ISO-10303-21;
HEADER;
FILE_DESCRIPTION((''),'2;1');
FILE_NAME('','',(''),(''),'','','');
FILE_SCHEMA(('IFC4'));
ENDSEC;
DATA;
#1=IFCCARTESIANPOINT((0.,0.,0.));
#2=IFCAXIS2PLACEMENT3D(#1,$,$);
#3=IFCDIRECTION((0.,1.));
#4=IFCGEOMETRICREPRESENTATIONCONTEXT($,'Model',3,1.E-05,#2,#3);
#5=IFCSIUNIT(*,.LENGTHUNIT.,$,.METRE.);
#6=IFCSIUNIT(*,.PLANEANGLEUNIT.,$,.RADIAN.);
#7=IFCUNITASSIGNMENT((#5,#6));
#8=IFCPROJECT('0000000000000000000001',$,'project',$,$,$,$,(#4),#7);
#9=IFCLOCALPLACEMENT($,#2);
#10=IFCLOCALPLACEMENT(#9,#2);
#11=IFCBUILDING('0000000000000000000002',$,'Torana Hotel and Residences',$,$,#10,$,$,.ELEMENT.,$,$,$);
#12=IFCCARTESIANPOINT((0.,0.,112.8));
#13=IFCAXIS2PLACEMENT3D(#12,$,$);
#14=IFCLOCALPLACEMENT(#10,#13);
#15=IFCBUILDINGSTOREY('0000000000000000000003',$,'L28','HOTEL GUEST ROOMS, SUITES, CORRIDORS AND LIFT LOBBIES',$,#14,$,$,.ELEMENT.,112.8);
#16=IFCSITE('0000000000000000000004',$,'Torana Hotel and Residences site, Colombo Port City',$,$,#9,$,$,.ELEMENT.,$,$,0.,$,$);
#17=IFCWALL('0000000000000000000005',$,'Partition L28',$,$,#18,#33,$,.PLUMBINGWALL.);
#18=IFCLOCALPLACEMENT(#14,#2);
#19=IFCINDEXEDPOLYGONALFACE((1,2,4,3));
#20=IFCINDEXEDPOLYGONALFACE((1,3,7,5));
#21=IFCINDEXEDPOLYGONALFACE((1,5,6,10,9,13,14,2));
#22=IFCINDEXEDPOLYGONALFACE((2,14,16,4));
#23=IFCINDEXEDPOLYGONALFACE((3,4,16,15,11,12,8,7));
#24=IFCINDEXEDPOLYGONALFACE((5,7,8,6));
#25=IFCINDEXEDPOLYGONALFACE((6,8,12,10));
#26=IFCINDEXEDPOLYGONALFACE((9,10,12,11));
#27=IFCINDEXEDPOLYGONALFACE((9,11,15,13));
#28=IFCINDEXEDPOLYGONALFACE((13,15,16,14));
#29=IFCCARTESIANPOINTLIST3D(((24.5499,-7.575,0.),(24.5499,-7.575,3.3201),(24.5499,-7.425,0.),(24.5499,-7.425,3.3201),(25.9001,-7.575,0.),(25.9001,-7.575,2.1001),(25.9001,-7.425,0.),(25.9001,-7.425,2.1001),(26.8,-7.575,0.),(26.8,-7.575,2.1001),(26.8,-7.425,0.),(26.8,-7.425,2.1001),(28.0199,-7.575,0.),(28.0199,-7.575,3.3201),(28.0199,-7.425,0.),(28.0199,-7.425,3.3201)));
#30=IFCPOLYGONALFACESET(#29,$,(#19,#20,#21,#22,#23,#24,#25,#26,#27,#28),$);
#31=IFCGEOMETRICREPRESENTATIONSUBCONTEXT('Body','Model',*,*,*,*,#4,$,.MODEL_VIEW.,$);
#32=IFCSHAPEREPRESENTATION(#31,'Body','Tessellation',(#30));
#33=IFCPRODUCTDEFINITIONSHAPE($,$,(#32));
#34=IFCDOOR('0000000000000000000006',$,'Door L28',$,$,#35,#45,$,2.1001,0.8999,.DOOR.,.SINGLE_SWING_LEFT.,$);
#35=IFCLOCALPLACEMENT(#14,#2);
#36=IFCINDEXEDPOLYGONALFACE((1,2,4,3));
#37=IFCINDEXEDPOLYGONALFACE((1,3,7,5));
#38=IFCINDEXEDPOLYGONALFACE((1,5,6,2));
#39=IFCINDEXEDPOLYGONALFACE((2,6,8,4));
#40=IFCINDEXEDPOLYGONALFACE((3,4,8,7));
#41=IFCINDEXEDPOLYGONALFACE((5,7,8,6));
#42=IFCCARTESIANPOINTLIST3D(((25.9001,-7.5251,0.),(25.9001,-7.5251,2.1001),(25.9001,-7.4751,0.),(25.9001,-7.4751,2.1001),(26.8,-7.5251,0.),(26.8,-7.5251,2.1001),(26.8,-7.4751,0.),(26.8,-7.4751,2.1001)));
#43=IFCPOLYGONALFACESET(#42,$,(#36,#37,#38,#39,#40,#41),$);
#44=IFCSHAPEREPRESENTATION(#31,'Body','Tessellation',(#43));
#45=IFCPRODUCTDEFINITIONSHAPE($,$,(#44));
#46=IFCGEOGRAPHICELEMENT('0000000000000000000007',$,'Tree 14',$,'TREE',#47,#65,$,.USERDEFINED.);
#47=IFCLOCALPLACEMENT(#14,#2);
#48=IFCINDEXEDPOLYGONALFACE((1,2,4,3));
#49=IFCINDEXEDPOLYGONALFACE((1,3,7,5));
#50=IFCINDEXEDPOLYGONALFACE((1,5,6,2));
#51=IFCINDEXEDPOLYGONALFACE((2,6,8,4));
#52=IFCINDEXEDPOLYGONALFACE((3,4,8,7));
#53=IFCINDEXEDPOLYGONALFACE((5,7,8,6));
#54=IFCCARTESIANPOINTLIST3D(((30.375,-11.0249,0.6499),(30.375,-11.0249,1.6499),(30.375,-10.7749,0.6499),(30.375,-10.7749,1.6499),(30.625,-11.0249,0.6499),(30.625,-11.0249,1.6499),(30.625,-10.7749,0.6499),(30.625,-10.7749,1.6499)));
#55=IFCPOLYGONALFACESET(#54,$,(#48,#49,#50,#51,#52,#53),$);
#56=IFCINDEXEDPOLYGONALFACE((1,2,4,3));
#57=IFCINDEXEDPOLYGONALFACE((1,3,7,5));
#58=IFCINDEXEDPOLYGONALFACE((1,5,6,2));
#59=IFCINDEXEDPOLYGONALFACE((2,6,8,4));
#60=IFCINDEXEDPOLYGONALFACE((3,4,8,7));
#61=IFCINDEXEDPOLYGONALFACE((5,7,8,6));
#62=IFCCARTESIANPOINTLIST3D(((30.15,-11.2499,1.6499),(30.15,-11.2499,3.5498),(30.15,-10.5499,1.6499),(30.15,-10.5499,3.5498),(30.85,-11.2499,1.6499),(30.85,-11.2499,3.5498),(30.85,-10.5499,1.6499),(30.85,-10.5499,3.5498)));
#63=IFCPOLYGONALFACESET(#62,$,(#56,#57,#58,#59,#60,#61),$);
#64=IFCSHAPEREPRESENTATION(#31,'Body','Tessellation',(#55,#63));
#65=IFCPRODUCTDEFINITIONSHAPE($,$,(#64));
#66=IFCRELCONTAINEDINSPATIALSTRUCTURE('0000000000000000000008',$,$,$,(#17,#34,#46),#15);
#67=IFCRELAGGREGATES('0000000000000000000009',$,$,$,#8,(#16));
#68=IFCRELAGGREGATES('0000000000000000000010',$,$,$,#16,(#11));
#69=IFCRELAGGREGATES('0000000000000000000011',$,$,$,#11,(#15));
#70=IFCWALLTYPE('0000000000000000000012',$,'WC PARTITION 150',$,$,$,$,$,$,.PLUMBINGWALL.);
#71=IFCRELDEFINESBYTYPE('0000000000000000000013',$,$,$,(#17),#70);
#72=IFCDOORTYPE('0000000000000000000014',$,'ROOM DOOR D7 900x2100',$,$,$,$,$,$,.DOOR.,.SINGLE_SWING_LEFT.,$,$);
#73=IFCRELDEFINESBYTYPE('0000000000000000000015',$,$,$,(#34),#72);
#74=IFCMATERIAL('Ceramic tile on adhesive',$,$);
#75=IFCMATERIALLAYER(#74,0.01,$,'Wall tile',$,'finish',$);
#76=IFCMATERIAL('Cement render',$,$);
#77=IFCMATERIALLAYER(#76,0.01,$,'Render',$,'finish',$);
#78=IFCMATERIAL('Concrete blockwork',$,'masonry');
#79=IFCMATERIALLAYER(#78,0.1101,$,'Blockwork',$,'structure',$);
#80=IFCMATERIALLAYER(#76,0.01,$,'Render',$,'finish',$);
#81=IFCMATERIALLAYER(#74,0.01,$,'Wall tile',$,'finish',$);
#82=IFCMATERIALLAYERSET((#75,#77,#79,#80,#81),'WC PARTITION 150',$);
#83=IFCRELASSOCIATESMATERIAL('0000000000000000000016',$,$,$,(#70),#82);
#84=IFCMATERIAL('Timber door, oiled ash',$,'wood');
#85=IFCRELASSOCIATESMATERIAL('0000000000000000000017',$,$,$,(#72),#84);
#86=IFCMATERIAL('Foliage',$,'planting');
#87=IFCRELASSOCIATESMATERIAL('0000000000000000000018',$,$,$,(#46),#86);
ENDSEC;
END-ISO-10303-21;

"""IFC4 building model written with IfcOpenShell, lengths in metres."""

from ifc_helpers import new_model, si_unit, direction, frame, frame_2d, origin, origin_2d, place, context, subcontext, project, spatial, rectangle, extrude, material, layer, layer_set, type_object, element, fill, save


model = new_model("IFC4")

# Units and contexts
model_context = context("Model", 3, precision=1e-05, world=origin(), true_north=direction((0.0, 1.0)))
body_context = subcontext(model_context, "Body", "Model", "MODEL_VIEW")
ifc_project = project(units=[si_unit("LENGTHUNIT", "METRE"), si_unit("PLANEANGLEUNIT", "RADIAN")], contexts=[model_context])

# Site, building, storey
site_placement = place(None, origin())
site = spatial("IfcSite", under=ifc_project, at=site_placement, Name="Torana Hotel and Residences site, Colombo Port City", CompositionType="ELEMENT", RefElevation=0.0)
building_placement = place(site_placement, origin())
building = spatial("IfcBuilding", under=site, at=building_placement, Name="Torana Hotel and Residences", CompositionType="ELEMENT")
storey_placement = place(building_placement, frame((0.0, 0.0, 112.8)))
storey = spatial("IfcBuildingStorey", under=building, at=storey_placement, Name="L28", Description="HOTEL GUEST ROOMS, SUITES, CORRIDORS AND LIFT LOBBIES", CompositionType="ELEMENT", Elevation=112.8)

# Shared definitions
ifc_material_1 = material(Name="Concrete blockwork", Category="masonry")

# Wall, opening, door
ifc_material_2 = material(Name="Ceramic tile on adhesive")
ifc_layer_1 = layer(ifc_material_2, 0.01, Name="Wall tile", Category="finish")
ifc_material_3 = material(Name="Cement render")
ifc_layer_2 = layer(ifc_material_3, 0.01, Name="Render", Category="finish")
ifc_layer_3 = layer(ifc_material_1, 0.1101, Name="Blockwork", Category="structure")
ifc_layer_4 = layer(ifc_material_3, 0.01, Name="Render", Category="finish")
ifc_layer_5 = layer(ifc_material_2, 0.01, Name="Wall tile", Category="finish")
ifc_layer_set_1 = layer_set([ifc_layer_1, ifc_layer_2, ifc_layer_3, ifc_layer_4, ifc_layer_5], Name="WC PARTITION 150")
wall_type_1 = type_object("IfcWallType", Name="WC PARTITION 150", PredefinedType="PLUMBINGWALL", material=ifc_layer_set_1)
wall_1_placement = place(storey_placement, frame((24.55, -7.5, 0.0), z_axis=(0.0, 0.0, 1.0), x_axis=(1.0, 0.0, 0.0)))
wall_1 = element("IfcWall", 1, at=wall_1_placement, inside=storey, type_object=wall_type_1, Name="Partition L28", PredefinedType="PLUMBINGWALL", context=body_context, shape_type="SweptSolid", body=[
    extrude(rectangle(XDim=3.47, YDim=0.1499, at=frame_2d((1.7349, 0.0))), origin(), (0.0, 0.0, 1.0), 3.3201),
])
opening_1_placement = place(wall_1_placement, frame((1.3501, 0.0, 0.0)))
opening_1 = element("IfcOpeningElement", 2, at=opening_1_placement, cuts=wall_1, PredefinedType="OPENING", context=body_context, shape_type="SweptSolid", body=[
    extrude(rectangle(XDim=0.8999, YDim=2.1001, at=frame_2d((0.45, 1.05))), frame((0.0, 0.085, 0.0), z_axis=(0.0, -1.0, 0.0), x_axis=(1.0, 0.0, 0.0)), (0.0, 0.0, 1.0), 0.1699),
])
ifc_material_4 = material(Name="Timber door, oiled ash", Category="wood")
door_type_1 = type_object("IfcDoorType", Name="ROOM DOOR D7 900x2100", OperationType="SINGLE_SWING_LEFT", PredefinedType="DOOR", material=ifc_material_4)
door_1_placement = place(opening_1_placement, origin())
door_1 = element("IfcDoor", 3, at=door_1_placement, inside=storey, type_object=door_type_1, Name="Door L28", OperationType="SINGLE_SWING_LEFT", OverallHeight=2.1001, OverallWidth=0.8999, PredefinedType="DOOR", context=body_context, shape_type="SweptSolid", body=[
    extrude(rectangle(XDim=0.8999, YDim=2.1001, at=frame_2d((0.45, 1.05))), frame((0.0, 0.0249, 0.0), z_axis=(0.0, -1.0, 0.0), x_axis=(1.0, 0.0, 0.0)), (0.0, 0.0, 1.0), 0.05),
])
fill(opening_1, door_1)

# Geographic element
ifc_material_5 = material(Name="Foliage", Category="planting")
geographic_element_placement = place(storey_placement, frame((30.5, -10.8999, 0.6499), z_axis=(0.0, 0.0, 1.0), x_axis=(1.0, 0.0, 0.0)))
element("IfcGeographicElement", 4, at=geographic_element_placement, inside=storey, material=ifc_material_5, Name="Tree 14", ObjectType="TREE", PredefinedType="USERDEFINED", context=body_context, shape_type="SweptSolid", body=[
    extrude(rectangle(XDim=0.25, YDim=0.25, at=origin_2d()), origin(), (0.0, 0.0, 1.0), 1.0),
    extrude(rectangle(XDim=0.7, YDim=0.7, at=origin_2d()), frame((0.0, 0.0, 1.0)), (0.0, 0.0, 1.0), 1.8999),
])

save(model, "model.ifc")
